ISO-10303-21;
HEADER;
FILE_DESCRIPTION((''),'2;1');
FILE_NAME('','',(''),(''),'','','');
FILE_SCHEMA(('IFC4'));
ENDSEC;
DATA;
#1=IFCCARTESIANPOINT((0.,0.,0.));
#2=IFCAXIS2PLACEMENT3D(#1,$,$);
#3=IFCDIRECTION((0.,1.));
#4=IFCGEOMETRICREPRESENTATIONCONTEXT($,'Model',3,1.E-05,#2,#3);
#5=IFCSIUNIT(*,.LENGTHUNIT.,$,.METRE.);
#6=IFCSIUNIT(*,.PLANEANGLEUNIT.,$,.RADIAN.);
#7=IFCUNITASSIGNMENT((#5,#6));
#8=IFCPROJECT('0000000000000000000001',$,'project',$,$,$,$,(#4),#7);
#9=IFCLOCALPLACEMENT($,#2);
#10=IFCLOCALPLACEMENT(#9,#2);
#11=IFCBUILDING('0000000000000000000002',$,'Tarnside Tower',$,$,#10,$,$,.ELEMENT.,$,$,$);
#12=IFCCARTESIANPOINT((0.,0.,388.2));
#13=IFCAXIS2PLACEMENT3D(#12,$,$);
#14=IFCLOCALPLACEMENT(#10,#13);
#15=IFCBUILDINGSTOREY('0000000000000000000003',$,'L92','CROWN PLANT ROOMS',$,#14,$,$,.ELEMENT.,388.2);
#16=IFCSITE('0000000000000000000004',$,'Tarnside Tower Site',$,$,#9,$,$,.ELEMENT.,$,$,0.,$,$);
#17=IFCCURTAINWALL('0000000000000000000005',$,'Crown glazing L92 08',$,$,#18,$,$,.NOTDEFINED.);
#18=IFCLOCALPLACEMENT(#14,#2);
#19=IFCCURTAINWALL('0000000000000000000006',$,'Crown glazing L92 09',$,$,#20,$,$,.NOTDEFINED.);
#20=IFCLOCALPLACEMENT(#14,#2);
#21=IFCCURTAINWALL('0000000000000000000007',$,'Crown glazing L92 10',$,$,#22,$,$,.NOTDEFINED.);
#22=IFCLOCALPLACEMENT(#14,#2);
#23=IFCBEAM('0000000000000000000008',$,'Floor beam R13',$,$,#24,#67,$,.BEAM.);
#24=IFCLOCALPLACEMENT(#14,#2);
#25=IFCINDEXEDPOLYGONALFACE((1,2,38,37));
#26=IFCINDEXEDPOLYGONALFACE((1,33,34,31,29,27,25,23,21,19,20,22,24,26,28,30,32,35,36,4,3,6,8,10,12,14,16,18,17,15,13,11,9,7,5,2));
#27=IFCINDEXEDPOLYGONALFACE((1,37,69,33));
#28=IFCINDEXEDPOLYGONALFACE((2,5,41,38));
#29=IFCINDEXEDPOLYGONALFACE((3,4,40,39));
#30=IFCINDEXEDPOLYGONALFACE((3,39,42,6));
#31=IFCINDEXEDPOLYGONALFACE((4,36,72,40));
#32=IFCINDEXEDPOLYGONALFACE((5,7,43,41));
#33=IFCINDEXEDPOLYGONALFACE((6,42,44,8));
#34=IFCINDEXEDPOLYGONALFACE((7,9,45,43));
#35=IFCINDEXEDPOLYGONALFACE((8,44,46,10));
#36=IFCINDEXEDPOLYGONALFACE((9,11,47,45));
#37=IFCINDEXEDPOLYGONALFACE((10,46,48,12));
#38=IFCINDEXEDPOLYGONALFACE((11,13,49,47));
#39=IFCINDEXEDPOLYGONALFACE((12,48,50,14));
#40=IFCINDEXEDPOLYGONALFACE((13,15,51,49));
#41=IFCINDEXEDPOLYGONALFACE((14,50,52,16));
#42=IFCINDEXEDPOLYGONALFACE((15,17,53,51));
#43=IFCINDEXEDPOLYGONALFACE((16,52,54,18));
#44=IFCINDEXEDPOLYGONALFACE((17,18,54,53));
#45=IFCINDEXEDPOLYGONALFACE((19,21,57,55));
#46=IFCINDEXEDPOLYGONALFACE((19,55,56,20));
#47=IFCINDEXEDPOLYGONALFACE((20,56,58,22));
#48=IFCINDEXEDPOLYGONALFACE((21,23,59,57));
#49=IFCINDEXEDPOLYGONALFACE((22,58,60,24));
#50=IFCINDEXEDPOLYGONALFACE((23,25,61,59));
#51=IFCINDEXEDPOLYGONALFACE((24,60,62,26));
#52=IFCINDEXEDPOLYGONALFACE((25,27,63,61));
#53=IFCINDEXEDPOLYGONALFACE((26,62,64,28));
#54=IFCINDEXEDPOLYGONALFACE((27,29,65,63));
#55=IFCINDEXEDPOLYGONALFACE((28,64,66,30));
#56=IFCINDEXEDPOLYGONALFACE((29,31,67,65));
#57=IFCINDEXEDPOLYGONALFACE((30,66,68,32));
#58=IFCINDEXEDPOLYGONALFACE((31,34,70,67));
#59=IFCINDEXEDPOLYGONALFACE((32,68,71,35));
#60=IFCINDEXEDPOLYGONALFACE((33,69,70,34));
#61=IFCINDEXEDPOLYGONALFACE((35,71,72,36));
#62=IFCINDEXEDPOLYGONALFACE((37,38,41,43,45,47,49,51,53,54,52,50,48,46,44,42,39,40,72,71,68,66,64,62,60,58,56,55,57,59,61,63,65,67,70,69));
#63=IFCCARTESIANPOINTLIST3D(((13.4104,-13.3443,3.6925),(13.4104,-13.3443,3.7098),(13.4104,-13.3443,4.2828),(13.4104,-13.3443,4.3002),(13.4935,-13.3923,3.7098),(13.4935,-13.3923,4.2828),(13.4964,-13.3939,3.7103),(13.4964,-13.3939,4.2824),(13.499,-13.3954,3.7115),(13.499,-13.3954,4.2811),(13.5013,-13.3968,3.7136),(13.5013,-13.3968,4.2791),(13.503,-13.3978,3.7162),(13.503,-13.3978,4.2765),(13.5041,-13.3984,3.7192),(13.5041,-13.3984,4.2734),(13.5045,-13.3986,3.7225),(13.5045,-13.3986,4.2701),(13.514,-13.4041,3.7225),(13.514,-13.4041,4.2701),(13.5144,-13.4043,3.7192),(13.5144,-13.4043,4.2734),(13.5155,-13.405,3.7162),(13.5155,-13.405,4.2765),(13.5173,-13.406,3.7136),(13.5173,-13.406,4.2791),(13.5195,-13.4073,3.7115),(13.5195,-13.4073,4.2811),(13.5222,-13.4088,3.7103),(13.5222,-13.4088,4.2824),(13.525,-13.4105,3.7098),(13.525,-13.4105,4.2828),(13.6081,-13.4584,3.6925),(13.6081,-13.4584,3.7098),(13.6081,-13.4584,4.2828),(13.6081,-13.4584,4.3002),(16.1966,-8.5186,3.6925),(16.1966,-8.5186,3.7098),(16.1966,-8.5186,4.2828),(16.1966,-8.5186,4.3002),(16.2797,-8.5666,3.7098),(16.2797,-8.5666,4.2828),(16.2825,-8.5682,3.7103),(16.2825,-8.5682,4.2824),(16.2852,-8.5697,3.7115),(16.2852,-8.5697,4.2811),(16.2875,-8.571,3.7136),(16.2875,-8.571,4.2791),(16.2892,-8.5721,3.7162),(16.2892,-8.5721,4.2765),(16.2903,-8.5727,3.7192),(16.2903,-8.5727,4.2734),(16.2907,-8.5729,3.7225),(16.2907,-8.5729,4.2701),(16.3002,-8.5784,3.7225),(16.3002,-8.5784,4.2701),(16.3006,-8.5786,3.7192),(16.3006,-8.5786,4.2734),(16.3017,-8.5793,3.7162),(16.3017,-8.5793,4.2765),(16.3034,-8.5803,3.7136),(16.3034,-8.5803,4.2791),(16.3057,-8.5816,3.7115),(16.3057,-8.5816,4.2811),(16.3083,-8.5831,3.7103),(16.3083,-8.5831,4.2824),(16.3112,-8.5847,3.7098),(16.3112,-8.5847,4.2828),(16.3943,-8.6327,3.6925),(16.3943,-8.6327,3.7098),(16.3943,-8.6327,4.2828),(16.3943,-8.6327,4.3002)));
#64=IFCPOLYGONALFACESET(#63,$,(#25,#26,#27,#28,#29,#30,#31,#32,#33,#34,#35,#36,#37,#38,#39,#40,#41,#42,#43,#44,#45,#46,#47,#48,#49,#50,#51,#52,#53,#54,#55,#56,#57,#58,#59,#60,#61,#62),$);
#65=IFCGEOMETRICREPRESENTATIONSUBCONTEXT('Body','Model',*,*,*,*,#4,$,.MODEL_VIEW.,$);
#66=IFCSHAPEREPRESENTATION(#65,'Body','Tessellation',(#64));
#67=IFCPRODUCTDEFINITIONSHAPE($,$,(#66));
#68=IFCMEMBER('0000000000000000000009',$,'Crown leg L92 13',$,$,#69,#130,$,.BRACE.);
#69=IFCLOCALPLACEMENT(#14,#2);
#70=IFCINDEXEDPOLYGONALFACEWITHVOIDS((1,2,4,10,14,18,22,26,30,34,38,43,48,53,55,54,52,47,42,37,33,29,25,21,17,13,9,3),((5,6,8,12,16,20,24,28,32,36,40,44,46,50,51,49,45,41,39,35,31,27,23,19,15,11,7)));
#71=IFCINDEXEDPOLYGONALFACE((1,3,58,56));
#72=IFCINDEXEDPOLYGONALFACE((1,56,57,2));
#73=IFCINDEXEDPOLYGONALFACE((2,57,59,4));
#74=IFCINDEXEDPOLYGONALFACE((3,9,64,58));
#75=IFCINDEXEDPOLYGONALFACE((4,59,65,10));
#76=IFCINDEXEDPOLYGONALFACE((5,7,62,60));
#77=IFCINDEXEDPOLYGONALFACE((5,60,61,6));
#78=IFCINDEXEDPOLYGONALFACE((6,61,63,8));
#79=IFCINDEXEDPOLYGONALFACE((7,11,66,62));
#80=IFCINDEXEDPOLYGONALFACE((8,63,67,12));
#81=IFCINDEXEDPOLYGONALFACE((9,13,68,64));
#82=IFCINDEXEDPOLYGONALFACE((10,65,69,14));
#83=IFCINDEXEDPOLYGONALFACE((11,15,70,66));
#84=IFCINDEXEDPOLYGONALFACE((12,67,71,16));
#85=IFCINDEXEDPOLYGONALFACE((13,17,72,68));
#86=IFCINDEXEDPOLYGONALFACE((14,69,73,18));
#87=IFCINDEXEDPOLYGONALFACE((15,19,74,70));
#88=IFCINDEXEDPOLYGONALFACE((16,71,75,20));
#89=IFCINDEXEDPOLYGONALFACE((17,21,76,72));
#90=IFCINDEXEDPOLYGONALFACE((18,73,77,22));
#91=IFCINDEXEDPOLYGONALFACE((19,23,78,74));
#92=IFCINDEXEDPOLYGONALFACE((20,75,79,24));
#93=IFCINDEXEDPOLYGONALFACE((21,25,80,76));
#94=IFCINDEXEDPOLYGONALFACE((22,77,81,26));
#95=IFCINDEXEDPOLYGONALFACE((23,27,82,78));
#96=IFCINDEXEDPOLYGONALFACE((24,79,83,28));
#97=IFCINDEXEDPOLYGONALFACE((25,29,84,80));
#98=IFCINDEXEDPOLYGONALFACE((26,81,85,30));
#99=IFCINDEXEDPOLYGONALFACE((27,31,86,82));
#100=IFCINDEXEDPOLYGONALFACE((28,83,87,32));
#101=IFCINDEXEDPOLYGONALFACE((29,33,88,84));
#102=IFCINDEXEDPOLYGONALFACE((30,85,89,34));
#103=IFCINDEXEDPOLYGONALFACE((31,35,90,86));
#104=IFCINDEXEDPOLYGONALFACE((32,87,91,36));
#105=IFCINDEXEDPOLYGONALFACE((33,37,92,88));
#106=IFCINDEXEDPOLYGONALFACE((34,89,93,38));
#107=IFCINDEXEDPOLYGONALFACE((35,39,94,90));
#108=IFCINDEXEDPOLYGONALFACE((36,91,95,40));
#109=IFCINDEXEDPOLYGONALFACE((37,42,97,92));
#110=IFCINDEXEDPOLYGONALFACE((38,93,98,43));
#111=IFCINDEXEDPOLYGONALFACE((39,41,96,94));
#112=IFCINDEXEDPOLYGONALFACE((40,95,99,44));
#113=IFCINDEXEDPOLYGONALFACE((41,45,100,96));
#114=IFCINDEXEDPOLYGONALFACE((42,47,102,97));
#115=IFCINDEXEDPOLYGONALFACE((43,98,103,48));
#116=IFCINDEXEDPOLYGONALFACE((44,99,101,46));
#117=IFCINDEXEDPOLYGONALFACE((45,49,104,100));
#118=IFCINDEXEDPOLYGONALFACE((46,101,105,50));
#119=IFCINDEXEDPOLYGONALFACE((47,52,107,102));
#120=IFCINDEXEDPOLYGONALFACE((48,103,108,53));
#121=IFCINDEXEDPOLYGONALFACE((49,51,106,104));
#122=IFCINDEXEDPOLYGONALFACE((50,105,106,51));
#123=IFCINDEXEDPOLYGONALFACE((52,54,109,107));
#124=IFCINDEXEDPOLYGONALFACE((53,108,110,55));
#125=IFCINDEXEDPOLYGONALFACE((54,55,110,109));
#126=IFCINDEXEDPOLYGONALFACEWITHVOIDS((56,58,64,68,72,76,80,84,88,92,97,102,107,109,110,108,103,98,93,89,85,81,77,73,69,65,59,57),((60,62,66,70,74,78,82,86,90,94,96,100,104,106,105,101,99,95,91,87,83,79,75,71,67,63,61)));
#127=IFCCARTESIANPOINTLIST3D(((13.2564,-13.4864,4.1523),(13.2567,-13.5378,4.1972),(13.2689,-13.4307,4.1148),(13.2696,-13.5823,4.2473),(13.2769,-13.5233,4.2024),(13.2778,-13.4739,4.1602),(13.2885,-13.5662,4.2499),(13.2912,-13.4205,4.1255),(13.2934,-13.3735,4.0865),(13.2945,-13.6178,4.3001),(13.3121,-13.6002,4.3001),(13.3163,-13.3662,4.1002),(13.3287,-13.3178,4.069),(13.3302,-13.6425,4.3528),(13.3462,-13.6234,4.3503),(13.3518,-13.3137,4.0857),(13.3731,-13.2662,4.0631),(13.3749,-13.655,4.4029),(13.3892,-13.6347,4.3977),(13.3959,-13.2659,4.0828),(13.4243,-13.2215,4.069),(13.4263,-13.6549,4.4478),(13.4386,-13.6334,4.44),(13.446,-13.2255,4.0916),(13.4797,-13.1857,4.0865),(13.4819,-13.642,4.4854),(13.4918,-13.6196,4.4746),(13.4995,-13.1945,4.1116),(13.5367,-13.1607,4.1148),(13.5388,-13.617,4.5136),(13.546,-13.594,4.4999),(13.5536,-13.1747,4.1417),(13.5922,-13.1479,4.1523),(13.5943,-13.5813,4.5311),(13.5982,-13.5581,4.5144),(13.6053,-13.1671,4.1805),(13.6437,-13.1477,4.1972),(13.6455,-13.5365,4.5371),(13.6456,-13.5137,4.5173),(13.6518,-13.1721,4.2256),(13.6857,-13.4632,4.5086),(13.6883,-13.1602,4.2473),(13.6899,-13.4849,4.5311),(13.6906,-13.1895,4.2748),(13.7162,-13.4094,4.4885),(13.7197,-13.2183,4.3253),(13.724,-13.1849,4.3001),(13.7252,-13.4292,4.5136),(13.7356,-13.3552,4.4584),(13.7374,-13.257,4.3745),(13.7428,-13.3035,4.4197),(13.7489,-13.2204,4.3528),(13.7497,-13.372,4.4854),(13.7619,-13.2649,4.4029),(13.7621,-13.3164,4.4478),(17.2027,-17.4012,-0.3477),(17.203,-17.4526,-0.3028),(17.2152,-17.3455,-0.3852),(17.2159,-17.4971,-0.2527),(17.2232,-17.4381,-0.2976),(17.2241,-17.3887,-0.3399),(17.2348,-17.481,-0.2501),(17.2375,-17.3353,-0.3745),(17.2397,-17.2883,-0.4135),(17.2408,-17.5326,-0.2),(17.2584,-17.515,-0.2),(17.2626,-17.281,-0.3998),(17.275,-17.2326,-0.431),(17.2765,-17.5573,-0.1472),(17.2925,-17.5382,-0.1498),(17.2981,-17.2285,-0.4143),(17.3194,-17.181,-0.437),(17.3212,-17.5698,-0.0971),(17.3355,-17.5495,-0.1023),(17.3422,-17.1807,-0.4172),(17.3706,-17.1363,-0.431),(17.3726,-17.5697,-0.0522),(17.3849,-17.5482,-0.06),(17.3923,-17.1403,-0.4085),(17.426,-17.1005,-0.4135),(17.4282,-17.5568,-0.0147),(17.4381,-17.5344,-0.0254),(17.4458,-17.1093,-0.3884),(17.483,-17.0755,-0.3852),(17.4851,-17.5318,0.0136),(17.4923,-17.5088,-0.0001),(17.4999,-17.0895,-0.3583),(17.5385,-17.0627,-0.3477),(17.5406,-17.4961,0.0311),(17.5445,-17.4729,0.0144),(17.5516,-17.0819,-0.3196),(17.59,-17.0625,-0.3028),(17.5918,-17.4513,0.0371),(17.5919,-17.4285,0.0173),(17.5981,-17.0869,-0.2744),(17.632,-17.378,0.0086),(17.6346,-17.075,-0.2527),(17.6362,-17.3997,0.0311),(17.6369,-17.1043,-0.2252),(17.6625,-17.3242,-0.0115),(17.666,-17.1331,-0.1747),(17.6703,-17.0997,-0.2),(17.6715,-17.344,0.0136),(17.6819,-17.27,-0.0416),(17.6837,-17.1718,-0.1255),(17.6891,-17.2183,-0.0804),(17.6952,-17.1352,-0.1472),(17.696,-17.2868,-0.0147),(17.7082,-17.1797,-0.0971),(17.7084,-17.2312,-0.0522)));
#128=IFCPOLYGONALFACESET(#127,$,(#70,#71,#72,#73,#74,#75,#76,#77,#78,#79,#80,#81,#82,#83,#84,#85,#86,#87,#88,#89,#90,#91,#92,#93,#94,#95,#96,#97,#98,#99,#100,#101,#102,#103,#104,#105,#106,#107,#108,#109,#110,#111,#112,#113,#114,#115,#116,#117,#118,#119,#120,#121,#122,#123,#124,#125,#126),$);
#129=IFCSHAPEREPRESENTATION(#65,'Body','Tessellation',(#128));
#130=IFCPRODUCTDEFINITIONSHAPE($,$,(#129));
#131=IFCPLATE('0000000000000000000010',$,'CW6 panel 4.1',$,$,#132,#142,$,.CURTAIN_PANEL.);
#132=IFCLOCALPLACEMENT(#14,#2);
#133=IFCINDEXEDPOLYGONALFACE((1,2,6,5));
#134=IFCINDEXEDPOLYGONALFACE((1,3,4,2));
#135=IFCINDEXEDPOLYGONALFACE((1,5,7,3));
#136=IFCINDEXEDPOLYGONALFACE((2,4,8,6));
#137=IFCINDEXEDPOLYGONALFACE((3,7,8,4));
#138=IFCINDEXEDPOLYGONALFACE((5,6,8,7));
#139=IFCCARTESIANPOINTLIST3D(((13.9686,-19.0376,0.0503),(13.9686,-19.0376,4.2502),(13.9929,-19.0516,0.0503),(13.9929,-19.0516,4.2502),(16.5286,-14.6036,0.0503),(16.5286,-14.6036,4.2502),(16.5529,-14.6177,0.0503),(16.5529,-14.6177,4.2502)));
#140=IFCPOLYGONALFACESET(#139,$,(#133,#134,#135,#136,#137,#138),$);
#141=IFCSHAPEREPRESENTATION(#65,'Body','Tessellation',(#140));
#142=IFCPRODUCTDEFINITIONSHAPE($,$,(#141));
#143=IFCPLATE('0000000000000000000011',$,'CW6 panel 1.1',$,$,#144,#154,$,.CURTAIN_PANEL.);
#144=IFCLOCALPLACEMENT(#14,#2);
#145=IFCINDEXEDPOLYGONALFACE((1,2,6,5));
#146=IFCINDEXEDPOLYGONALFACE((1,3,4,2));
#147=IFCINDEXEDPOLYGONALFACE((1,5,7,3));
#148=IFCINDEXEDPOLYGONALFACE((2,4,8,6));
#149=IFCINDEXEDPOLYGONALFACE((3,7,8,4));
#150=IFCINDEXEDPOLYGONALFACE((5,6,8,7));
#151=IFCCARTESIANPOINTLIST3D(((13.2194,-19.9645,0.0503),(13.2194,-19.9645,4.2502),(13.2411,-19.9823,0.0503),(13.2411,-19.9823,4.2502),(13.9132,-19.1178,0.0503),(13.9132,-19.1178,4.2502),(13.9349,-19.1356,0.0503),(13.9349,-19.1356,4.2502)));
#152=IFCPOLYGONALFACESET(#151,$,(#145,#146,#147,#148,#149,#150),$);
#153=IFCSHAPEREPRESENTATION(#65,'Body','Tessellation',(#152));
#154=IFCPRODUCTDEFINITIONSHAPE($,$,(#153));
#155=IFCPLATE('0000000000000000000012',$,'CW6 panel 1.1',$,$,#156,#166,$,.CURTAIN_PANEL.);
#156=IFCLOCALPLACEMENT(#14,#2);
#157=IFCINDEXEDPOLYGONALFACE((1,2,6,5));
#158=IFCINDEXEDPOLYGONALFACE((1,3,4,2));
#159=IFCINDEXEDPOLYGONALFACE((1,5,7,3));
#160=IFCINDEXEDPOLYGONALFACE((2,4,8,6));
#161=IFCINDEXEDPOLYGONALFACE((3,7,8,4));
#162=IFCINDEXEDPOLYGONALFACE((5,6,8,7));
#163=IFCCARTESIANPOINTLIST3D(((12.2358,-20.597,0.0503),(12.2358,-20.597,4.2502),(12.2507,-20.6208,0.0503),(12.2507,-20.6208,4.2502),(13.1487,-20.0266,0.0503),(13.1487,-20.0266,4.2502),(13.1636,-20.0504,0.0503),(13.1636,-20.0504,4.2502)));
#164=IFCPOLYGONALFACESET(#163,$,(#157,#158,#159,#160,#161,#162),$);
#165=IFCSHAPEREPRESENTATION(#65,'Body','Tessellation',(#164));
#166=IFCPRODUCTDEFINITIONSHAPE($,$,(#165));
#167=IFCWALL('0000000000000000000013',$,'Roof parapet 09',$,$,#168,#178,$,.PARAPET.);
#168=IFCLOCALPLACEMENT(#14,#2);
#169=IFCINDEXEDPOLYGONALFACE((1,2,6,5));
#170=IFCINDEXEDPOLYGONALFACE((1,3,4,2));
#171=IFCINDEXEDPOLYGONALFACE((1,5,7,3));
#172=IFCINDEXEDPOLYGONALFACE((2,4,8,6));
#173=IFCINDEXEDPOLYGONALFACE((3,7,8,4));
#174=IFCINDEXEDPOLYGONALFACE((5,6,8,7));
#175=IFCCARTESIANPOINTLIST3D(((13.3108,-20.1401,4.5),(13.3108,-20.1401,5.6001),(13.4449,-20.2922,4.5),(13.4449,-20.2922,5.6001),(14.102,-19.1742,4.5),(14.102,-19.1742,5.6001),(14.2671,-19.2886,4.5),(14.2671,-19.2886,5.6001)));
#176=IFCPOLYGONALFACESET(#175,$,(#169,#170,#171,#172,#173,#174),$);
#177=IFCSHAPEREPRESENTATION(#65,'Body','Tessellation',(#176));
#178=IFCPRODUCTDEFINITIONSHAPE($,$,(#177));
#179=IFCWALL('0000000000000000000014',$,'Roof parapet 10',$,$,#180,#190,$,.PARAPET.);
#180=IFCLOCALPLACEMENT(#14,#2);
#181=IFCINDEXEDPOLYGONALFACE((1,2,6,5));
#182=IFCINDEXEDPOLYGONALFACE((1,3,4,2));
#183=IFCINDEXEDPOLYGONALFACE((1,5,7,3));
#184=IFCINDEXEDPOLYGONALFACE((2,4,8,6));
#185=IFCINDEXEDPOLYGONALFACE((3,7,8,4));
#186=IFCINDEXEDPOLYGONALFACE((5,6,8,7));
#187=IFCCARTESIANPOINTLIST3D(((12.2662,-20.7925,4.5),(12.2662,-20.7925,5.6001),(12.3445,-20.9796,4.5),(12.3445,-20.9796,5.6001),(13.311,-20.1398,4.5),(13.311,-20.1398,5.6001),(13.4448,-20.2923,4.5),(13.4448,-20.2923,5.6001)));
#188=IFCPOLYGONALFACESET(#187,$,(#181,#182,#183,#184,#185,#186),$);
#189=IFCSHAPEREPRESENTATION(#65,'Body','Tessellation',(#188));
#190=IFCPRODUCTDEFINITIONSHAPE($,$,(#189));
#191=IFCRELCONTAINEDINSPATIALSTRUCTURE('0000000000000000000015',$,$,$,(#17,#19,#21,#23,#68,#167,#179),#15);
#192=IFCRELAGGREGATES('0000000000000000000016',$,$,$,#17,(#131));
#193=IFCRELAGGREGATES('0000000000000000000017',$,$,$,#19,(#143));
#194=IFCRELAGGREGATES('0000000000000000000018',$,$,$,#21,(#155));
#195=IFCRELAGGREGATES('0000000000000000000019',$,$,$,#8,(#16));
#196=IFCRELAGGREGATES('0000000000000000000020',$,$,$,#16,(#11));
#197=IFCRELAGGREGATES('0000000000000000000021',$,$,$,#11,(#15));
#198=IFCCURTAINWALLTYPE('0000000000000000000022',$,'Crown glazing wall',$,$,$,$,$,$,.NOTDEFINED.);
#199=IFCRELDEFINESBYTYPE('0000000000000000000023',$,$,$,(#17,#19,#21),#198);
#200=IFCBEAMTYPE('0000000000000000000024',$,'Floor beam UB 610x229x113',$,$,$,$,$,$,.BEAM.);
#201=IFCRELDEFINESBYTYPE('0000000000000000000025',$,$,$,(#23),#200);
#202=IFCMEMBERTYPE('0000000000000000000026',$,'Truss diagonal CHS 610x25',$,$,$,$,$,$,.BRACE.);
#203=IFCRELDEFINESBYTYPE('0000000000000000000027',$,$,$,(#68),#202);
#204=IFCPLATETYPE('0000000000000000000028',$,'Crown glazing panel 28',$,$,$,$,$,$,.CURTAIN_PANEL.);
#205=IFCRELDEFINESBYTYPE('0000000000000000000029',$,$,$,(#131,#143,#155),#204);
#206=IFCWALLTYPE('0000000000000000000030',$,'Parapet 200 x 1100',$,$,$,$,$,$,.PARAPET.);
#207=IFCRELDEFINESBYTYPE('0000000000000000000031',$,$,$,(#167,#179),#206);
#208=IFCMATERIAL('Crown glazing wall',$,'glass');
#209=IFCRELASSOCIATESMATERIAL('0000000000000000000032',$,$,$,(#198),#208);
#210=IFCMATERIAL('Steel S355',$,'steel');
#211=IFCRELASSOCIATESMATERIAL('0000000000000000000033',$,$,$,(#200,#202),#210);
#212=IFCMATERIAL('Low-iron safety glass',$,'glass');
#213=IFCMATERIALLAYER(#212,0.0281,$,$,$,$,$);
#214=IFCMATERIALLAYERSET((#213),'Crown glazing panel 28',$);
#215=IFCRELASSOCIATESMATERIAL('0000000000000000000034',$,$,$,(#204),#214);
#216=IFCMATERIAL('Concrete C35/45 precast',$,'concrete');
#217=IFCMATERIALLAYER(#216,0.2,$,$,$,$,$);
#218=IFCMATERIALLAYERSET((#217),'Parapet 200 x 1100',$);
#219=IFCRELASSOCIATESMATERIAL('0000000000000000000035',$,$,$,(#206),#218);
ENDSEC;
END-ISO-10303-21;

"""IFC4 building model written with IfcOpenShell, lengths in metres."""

from ifc_helpers import new_model, si_unit, direction, frame, origin, origin_2d, place, context, subcontext, project, spatial, polyline, rectangle, hollow_circle, i_section, outline, extrude, material, layer, layer_set, material_profile, profile_set, type_object, element, aggregate, save


model = new_model("IFC4")

# Units and contexts
model_context = context("Model", 3, precision=1e-05, world=origin(), true_north=direction((0.0, 1.0)))
body_context = subcontext(model_context, "Body", "Model", "MODEL_VIEW")
ifc_project = project(units=[si_unit("LENGTHUNIT", "METRE"), si_unit("PLANEANGLEUNIT", "RADIAN")], contexts=[model_context])

# Site, building, storey
site_placement = place(None, origin())
site = spatial("IfcSite", under=ifc_project, at=site_placement, Name="Tarnside Tower Site", CompositionType="ELEMENT", RefElevation=0.0)
building_placement = place(site_placement, origin())
building = spatial("IfcBuilding", under=site, at=building_placement, Name="Tarnside Tower", CompositionType="ELEMENT")
storey_placement = place(building_placement, frame((0.0, 0.0, 388.2)))
storey = spatial("IfcBuildingStorey", under=building, at=storey_placement, Name="L92", Description="CROWN PLANT ROOMS", CompositionType="ELEMENT", Elevation=388.2)

# Curtain walls
ifc_material_1 = material(Name="Crown glazing wall", Category="glass")
curtain_wall_type = type_object("IfcCurtainWallType", Name="Crown glazing wall", PredefinedType="NOTDEFINED", material=ifc_material_1)
curtain_wall_1_placement = place(storey_placement, origin())
curtain_wall_1 = element("IfcCurtainWall", 1, at=curtain_wall_1_placement, inside=storey, type_object=curtain_wall_type, Name="Crown glazing L92 08", PredefinedType="NOTDEFINED")
curtain_wall_2_placement = place(storey_placement, origin())
curtain_wall_2 = element("IfcCurtainWall", 2, at=curtain_wall_2_placement, inside=storey, type_object=curtain_wall_type, Name="Crown glazing L92 09", PredefinedType="NOTDEFINED")
curtain_wall_3_placement = place(storey_placement, origin())
curtain_wall_3 = element("IfcCurtainWall", 3, at=curtain_wall_3_placement, inside=storey, type_object=curtain_wall_type, Name="Crown glazing L92 10", PredefinedType="NOTDEFINED")

# Beam
ifc_material_2 = material(Name="Steel S355", Category="steel")
ifc_material_profile_1 = material_profile(ifc_material_2, i_section(OverallWidth=0.2283, OverallDepth=0.6077, WebThickness=0.011, FlangeThickness=0.0173, FilletRadius=0.0127, at=origin_2d()), Name="UB 610x229x113")
ifc_profile_set_1 = profile_set([ifc_material_profile_1], Name="Steel S355")
beam_type = type_object("IfcBeamType", Name="Floor beam UB 610x229x113", PredefinedType="BEAM", material=ifc_profile_set_1)
beam_placement = place(storey_placement, frame((13.5093, -13.4014, 3.9963), z_axis=(0.500003, 0.866024, 0.0), x_axis=(-0.866024, 0.500003, 0.0)))
element("IfcBeam", 4, at=beam_placement, inside=storey, type_object=beam_type, Name="Floor beam R13", PredefinedType="BEAM", context=body_context, shape_type="SweptSolid", body=[
    extrude(i_section(OverallWidth=0.2283, OverallDepth=0.6077, WebThickness=0.011, FlangeThickness=0.0173, FilletRadius=0.0127, at=origin_2d()), origin(), (0.0, 0.0, 1.0), 5.5723),
])

# Member
ifc_material_profile_2 = material_profile(ifc_material_2, hollow_circle(Radius=0.3049, WallThickness=0.0249, at=origin_2d()), Name="CHS 610x25")
ifc_profile_set_2 = profile_set([ifc_material_profile_2], Name="Steel S355")
member_type_1 = type_object("IfcMemberType", Name="Truss diagonal CHS 610x25", PredefinedType="BRACE", material=ifc_profile_set_2)
member_1_placement = place(storey_placement, frame((17.4556, -17.3162, -0.2), z_axis=(-0.551787, 0.547383, 0.629209), x_axis=(-0.704268, -0.709934, 0.0)))
element("IfcMember", 5, at=member_1_placement, inside=storey, type_object=member_type_1, Name="Crown leg L92 13", PredefinedType="BRACE", context=body_context, shape_type="SweptSolid", body=[
    extrude(hollow_circle(Radius=0.3049, WallThickness=0.0249, at=origin_2d()), origin(), (0.0, 0.0, 1.0), 7.1519),
])

# Plates
ifc_material_3 = material(Name="Low-iron safety glass", Category="glass")
ifc_layer_1 = layer(ifc_material_3, 0.0281)
ifc_layer_set_1 = layer_set([ifc_layer_1], Name="Crown glazing panel 28")
plate_type = type_object("IfcPlateType", Name="Crown glazing panel 28", PredefinedType="CURTAIN_PANEL", material=ifc_layer_set_1)
plate_1_placement = place(storey_placement, frame((15.2607, -16.8276, 0.0503), z_axis=(0.0, 0.0, 1.0), x_axis=(-0.5, -0.866025, 0.0)))
plate_1 = element("IfcPlate", 6, at=plate_1_placement, type_object=plate_type, Name="CW6 panel 4.1", PredefinedType="CURTAIN_PANEL", context=body_context, shape_type="SweptSolid", body=[
    extrude(rectangle(XDim=5.1199, YDim=0.0281, at=origin_2d()), origin(), (0.0, 0.0, 1.0), 4.2),
])
aggregate(curtain_wall_1, [plate_1])
plate_2_placement = place(storey_placement, frame((13.5771, -19.55, 0.0503), z_axis=(0.0, 0.0, 1.0), x_axis=(-0.633831, -0.773472, 0.0)))
plate_2 = element("IfcPlate", 7, at=plate_2_placement, type_object=plate_type, Name="CW6 panel 1.1", PredefinedType="CURTAIN_PANEL", context=body_context, shape_type="SweptSolid", body=[
    extrude(rectangle(XDim=1.0947, YDim=0.0281, at=origin_2d()), origin(), (0.0, 0.0, 1.0), 4.2),
])
aggregate(curtain_wall_2, [plate_2])
plate_3_placement = place(storey_placement, frame((12.6997, -20.3237, 0.0503), z_axis=(0.0, 0.0, 1.0), x_axis=(-0.848048, -0.529919, 0.0)))
plate_3 = element("IfcPlate", 8, at=plate_3_placement, type_object=plate_type, Name="CW6 panel 1.1", PredefinedType="CURTAIN_PANEL", context=body_context, shape_type="SweptSolid", body=[
    extrude(rectangle(XDim=1.0764, YDim=0.0281, at=origin_2d()), origin(), (0.0, 0.0, 1.0), 4.2),
])
aggregate(curtain_wall_3, [plate_3])

# Walls
ifc_material_4 = material(Name="Concrete C35/45 precast", Category="concrete")
ifc_layer_2 = layer(ifc_material_4, 0.2)
ifc_layer_set_2 = layer_set([ifc_layer_2], Name="Parapet 200 x 1100")
wall_type = type_object("IfcWallType", Name="Parapet 200 x 1100", PredefinedType="PARAPET", material=ifc_layer_set_2)
wall_1_placement = place(storey_placement, frame((14.1846, -19.2314, 4.5), z_axis=(0.0, 0.0, 1.0), x_axis=(-0.633729, -0.773555, 0.0)))
element("IfcWall", 9, at=wall_1_placement, inside=storey, type_object=wall_type, Name="Roof parapet 09", PredefinedType="PARAPET", context=body_context, shape_type="SweptSolid", body=[
    extrude(outline(polyline([(0.0081, -0.1001), (1.2566, -0.1001), (1.2893, 0.1001), (-0.0081, 0.1001), (0.0081, -0.1001)])), origin(), (0.0, 0.0, 1.0), 1.1001),
])
wall_2_placement = place(storey_placement, frame((13.3779, -20.2161, 4.5), z_axis=(0.0, 0.0, 1.0), x_axis=(-0.848139, -0.529773, 0.0)))
element("IfcWall", 10, at=wall_2_placement, inside=storey, type_object=wall_type, Name="Roof parapet 10", PredefinedType="PARAPET", context=body_context, shape_type="SweptSolid", body=[
    extrude(outline(polyline([(0.0164, -0.1001), (1.2483, -0.1001), (1.281, 0.1001), (-0.0164, 0.1001), (0.0164, -0.1001)])), origin(), (0.0, 0.0, 1.0), 1.1001),
])

save(model, "model.ifc")
